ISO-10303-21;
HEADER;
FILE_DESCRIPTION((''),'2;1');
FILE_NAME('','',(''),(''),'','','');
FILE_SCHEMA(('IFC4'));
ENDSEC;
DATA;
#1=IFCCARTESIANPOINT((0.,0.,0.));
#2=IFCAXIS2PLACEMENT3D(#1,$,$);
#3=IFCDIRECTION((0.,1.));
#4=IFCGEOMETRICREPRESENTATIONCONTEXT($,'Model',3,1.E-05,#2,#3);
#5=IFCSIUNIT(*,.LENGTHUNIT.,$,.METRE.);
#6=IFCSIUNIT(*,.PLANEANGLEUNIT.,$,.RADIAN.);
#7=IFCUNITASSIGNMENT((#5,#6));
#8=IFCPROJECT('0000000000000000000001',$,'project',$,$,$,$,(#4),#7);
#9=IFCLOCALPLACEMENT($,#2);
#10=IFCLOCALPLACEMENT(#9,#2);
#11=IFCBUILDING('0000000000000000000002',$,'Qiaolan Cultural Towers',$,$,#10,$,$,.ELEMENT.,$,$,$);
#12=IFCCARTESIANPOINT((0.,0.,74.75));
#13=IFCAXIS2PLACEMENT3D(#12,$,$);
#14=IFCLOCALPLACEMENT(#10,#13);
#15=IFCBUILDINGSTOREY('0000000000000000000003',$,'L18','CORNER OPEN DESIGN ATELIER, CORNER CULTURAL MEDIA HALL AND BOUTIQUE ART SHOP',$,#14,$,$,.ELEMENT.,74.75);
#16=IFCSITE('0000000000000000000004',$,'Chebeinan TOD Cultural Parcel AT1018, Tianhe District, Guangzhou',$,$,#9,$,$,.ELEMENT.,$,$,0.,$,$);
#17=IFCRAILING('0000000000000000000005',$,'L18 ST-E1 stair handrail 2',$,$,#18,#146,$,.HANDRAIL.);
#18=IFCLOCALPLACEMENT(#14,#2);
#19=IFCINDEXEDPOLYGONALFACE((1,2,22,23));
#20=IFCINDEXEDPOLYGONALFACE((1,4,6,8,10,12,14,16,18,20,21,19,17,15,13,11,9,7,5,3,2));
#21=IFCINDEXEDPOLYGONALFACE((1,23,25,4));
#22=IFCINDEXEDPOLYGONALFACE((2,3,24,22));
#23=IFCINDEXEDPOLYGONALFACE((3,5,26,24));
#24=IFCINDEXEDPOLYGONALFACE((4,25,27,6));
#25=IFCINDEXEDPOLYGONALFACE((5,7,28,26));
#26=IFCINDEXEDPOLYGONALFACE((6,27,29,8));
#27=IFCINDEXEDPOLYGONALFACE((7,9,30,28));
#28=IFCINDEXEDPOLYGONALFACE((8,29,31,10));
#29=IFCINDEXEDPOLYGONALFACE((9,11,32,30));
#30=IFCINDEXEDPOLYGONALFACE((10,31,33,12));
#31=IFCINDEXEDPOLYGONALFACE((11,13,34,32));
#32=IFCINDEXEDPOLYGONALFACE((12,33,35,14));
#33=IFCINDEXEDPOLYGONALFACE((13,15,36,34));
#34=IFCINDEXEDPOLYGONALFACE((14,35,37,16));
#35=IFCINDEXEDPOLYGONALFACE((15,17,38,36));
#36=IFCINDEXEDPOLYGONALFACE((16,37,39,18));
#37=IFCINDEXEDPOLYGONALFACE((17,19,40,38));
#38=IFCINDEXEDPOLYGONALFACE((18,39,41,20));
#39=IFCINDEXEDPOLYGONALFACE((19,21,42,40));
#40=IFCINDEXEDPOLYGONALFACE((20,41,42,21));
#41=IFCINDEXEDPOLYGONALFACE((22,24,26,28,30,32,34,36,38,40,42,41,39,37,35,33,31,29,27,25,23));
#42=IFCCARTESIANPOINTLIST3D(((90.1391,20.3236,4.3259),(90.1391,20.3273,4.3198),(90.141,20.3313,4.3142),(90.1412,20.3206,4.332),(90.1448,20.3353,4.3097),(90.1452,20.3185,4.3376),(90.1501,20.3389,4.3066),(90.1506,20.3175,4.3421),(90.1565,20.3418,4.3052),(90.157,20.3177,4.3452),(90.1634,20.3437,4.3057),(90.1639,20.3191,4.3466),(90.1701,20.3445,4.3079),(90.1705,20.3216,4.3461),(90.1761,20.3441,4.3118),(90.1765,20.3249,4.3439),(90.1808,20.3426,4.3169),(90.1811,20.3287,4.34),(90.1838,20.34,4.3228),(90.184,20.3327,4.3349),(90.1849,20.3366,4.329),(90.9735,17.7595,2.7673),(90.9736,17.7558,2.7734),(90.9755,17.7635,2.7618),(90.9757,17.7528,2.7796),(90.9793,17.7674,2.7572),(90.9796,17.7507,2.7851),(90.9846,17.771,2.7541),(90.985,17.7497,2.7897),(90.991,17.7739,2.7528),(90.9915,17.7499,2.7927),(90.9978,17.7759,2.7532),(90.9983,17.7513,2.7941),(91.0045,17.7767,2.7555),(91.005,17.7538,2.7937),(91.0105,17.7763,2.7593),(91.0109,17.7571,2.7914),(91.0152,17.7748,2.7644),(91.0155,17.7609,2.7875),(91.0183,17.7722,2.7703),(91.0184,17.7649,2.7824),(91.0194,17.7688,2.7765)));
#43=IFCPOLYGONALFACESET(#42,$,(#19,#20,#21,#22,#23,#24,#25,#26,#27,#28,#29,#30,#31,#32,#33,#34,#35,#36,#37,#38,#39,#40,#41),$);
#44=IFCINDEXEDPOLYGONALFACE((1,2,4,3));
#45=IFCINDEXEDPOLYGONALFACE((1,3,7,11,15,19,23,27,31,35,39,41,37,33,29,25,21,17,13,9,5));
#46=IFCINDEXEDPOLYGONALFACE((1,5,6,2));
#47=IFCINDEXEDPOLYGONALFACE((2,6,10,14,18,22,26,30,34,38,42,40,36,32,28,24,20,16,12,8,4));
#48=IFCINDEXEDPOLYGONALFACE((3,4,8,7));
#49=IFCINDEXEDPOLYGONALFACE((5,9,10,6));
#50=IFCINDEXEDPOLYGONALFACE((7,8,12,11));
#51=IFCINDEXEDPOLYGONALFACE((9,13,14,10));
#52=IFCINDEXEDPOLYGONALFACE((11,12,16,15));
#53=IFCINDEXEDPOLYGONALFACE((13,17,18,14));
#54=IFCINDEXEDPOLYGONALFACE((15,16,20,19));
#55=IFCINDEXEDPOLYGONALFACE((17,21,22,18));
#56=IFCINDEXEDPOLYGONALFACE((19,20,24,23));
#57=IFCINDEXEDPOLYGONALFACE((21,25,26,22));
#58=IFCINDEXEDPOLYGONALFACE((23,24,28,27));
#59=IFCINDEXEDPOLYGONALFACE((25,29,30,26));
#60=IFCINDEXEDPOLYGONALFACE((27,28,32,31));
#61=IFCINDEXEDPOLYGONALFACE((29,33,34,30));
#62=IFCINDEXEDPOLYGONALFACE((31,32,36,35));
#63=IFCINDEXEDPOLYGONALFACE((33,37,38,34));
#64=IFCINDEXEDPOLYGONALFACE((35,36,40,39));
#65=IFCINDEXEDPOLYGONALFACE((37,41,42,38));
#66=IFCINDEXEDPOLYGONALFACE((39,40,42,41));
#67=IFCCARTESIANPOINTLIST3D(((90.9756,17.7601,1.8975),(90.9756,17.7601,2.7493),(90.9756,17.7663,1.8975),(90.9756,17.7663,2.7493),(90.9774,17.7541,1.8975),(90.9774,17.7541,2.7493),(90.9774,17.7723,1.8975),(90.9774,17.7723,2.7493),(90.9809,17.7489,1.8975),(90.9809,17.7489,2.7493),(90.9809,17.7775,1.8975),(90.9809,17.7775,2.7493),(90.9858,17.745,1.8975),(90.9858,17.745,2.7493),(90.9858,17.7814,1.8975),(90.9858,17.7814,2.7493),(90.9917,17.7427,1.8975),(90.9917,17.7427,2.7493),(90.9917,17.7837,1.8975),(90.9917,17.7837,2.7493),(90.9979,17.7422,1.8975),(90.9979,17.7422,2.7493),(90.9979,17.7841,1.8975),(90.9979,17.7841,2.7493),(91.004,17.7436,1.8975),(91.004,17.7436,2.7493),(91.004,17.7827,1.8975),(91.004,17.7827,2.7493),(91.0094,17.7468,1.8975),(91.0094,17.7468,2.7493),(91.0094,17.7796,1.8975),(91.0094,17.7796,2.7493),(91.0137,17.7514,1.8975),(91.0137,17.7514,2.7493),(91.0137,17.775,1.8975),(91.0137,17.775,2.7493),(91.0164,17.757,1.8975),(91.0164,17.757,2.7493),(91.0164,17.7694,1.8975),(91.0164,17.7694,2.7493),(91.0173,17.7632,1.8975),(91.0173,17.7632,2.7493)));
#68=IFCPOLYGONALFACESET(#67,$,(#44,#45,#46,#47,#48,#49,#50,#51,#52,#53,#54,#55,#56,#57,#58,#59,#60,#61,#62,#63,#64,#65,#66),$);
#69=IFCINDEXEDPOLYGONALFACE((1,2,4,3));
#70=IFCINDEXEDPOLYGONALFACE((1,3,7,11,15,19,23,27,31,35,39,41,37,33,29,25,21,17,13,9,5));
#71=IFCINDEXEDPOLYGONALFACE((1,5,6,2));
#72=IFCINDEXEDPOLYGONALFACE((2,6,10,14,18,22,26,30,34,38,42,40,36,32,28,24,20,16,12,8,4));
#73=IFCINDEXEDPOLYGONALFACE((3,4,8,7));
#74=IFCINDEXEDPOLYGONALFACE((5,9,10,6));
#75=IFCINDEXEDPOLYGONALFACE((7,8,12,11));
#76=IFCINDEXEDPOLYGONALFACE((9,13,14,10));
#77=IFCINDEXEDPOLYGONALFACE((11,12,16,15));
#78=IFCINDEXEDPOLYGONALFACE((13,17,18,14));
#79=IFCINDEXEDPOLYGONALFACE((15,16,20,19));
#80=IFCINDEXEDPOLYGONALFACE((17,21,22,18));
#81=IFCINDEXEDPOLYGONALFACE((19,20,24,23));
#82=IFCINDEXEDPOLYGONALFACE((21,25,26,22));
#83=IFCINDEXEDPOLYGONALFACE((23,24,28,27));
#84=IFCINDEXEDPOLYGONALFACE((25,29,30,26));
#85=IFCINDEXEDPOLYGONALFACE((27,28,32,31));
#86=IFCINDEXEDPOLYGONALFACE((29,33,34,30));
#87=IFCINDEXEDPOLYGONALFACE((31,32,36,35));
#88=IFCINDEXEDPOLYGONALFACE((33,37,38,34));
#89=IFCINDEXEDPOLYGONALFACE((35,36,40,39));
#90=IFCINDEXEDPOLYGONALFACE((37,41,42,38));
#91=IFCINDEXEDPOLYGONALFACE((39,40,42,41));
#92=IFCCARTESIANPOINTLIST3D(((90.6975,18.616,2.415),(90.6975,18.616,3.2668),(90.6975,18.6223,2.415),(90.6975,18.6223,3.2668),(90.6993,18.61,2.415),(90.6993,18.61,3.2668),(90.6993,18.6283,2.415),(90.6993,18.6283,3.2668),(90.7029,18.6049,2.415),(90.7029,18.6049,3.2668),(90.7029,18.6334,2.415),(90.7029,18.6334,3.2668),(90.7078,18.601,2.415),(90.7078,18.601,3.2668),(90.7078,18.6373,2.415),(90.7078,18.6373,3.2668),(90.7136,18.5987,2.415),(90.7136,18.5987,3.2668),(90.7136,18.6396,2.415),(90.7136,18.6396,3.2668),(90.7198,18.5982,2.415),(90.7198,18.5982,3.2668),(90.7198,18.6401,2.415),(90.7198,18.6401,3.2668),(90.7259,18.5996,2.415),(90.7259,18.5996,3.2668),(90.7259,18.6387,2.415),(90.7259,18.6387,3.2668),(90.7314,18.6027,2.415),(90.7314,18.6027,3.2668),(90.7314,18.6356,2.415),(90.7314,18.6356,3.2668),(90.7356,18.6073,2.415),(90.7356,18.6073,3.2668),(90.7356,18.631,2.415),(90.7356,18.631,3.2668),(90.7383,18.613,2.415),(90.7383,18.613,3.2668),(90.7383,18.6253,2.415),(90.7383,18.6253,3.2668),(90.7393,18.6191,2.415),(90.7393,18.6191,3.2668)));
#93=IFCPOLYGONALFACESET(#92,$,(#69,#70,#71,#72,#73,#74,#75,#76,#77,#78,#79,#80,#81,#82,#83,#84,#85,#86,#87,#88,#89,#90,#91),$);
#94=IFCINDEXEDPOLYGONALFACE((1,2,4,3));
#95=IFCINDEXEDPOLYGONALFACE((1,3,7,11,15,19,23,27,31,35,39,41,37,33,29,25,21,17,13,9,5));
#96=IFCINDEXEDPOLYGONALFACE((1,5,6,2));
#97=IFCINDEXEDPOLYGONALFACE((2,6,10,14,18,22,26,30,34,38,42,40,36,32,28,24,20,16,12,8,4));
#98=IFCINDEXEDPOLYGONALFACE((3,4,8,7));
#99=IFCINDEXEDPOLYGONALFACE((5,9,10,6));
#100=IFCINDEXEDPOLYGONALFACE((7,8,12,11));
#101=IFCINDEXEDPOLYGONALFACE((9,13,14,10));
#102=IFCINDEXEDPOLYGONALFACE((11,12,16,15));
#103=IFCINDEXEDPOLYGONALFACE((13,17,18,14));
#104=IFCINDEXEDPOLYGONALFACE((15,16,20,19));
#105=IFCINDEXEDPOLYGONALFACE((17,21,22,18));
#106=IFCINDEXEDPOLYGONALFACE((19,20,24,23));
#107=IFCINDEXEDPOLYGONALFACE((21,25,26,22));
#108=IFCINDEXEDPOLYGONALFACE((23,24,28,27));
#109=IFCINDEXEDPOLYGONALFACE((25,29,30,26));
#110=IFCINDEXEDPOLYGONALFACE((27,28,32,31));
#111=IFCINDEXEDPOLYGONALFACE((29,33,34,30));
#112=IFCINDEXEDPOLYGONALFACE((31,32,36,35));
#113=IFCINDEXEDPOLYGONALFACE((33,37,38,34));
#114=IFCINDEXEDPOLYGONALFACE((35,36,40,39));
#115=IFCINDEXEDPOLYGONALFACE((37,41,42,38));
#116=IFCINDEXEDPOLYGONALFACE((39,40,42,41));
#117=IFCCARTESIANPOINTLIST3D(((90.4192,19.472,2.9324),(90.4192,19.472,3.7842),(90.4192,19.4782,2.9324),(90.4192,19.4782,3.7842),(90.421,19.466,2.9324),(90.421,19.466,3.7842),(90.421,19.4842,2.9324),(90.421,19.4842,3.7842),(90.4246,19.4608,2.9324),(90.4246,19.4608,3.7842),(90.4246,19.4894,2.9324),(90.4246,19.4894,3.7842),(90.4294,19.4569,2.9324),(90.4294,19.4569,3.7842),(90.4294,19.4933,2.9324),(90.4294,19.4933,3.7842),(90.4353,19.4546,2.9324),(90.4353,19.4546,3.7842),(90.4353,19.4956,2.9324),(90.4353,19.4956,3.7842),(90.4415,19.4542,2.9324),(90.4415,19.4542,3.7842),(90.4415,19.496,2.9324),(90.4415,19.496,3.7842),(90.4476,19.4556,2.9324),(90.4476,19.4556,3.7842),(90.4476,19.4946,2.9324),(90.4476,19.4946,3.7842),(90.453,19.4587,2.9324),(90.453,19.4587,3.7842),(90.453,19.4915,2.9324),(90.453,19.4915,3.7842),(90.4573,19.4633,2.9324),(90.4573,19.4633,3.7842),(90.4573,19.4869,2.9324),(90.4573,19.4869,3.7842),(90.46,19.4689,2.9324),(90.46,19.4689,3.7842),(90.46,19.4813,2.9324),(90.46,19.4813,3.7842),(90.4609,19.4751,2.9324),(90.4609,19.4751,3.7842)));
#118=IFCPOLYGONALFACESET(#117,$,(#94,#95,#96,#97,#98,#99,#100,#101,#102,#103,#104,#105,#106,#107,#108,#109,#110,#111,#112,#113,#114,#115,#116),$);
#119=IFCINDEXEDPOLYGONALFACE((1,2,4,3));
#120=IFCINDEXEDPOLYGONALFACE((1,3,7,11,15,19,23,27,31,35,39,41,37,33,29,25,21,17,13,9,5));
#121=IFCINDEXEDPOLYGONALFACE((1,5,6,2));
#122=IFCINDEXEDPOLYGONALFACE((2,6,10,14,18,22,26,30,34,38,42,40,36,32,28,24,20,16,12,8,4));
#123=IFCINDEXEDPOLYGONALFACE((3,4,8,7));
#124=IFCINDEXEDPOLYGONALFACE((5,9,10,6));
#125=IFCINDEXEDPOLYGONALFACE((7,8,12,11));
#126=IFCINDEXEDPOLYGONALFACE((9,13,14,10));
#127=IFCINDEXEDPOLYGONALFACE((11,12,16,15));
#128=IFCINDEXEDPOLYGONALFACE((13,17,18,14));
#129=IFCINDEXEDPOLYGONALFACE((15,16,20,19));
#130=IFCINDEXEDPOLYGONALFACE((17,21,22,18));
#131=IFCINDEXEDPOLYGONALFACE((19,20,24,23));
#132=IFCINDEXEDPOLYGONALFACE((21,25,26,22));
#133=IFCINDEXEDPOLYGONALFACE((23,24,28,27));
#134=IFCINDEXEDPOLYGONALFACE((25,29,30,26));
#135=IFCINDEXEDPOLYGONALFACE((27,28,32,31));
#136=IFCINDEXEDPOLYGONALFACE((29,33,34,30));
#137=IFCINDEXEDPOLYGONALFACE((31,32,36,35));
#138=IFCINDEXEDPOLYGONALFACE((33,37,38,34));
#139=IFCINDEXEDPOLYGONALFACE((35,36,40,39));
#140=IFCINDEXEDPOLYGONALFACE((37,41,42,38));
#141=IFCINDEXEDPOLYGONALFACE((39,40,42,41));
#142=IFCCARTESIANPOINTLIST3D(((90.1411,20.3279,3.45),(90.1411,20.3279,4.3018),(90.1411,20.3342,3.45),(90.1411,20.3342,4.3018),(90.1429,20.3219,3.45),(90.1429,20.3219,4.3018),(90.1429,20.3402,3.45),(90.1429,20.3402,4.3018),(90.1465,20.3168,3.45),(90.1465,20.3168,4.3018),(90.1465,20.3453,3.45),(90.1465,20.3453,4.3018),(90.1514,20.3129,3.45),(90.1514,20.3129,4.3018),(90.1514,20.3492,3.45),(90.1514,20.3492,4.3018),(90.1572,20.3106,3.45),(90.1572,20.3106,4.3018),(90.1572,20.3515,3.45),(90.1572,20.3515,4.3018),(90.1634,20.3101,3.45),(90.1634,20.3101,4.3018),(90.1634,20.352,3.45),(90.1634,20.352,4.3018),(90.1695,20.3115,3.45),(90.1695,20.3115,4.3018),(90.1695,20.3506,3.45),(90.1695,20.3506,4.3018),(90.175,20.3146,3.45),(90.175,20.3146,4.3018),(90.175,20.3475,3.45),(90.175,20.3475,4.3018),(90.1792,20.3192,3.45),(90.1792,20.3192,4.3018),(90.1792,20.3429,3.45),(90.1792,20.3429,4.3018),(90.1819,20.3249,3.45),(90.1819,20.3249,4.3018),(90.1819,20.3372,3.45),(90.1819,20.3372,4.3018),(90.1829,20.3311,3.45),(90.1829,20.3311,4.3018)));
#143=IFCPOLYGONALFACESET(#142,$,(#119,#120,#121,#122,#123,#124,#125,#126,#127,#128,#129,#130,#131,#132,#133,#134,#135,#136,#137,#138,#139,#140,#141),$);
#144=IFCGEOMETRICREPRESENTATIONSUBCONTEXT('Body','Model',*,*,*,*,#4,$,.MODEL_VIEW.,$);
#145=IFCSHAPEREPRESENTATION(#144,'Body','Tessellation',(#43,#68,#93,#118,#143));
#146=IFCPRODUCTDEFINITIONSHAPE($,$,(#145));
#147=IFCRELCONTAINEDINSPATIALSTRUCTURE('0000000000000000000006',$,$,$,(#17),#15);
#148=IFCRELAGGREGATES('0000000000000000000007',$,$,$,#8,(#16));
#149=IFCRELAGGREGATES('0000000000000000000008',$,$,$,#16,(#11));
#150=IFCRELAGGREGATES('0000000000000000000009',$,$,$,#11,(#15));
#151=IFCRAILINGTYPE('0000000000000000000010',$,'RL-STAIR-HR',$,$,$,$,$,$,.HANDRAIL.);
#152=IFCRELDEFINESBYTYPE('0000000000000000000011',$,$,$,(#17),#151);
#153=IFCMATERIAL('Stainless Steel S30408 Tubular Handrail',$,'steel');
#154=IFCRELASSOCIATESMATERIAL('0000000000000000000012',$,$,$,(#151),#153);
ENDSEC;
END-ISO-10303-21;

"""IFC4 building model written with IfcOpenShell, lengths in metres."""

from ifc_helpers import new_model, si_unit, direction, frame, origin, origin_2d, place, context, subcontext, project, spatial, circle, extrude, material, type_object, element, save


model = new_model("IFC4")

# Units and contexts
model_context = context("Model", 3, precision=1e-05, world=origin(), true_north=direction((0.0, 1.0)))
body_context = subcontext(model_context, "Body", "Model", "MODEL_VIEW")
ifc_project = project(units=[si_unit("LENGTHUNIT", "METRE"), si_unit("PLANEANGLEUNIT", "RADIAN")], contexts=[model_context])

# Site, building, storey
site_placement = place(None, origin())
site = spatial("IfcSite", under=ifc_project, at=site_placement, Name="Chebeinan TOD Cultural Parcel AT1018, Tianhe District, Guangzhou", CompositionType="ELEMENT", RefElevation=0.0)
building_placement = place(site_placement, origin())
building = spatial("IfcBuilding", under=site, at=building_placement, Name="Qiaolan Cultural Towers", CompositionType="ELEMENT")
storey_placement = place(building_placement, frame((0.0, 0.0, 74.75)))
storey = spatial("IfcBuildingStorey", under=building, at=storey_placement, Name="L18", Description="CORNER OPEN DESIGN ATELIER, CORNER CULTURAL MEDIA HALL AND BOUTIQUE ART SHOP", CompositionType="ELEMENT", Elevation=74.75)

# Railing
ifc_material_1 = material(Name="Stainless Steel S30408 Tubular Handrail", Category="steel")
railing_type_1 = type_object("IfcRailingType", Name="RL-STAIR-HR", PredefinedType="HANDRAIL", material=ifc_material_1)
railing_1_placement = place(storey_placement, frame((90.9963, 17.7632, 1.8975)))
element("IfcRailing", 1, at=railing_1_placement, inside=storey, type_object=railing_type_1, Name="L18 ST-E1 stair handrail 2", PredefinedType="HANDRAIL", context=body_context, shape_type="SweptSolid", body=[
    extrude(circle(Radius=0.0239, at=origin_2d()), frame((0.0, 0.0, 0.876), z_axis=(-0.267926, 0.824471, 0.498461), x_axis=(-0.951043, -0.309057, 0.0)), (0.0, 0.0, 1.0), 3.1145),
    extrude(circle(Radius=0.021, at=origin_2d()), origin(), (0.0, 0.0, 1.0), 0.8518),
    extrude(circle(Radius=0.021, at=origin_2d()), frame((-0.2781, 0.856, 0.5176)), (0.0, 0.0, 1.0), 0.8518),
    extrude(circle(Radius=0.021, at=origin_2d()), frame((-0.5564, 1.7119, 1.0349)), (0.0, 0.0, 1.0), 0.8518),
    extrude(circle(Radius=0.021, at=origin_2d()), frame((-0.8345, 2.5679, 1.5525)), (0.0, 0.0, 1.0), 0.8518),
])

save(model, "model.ifc")
